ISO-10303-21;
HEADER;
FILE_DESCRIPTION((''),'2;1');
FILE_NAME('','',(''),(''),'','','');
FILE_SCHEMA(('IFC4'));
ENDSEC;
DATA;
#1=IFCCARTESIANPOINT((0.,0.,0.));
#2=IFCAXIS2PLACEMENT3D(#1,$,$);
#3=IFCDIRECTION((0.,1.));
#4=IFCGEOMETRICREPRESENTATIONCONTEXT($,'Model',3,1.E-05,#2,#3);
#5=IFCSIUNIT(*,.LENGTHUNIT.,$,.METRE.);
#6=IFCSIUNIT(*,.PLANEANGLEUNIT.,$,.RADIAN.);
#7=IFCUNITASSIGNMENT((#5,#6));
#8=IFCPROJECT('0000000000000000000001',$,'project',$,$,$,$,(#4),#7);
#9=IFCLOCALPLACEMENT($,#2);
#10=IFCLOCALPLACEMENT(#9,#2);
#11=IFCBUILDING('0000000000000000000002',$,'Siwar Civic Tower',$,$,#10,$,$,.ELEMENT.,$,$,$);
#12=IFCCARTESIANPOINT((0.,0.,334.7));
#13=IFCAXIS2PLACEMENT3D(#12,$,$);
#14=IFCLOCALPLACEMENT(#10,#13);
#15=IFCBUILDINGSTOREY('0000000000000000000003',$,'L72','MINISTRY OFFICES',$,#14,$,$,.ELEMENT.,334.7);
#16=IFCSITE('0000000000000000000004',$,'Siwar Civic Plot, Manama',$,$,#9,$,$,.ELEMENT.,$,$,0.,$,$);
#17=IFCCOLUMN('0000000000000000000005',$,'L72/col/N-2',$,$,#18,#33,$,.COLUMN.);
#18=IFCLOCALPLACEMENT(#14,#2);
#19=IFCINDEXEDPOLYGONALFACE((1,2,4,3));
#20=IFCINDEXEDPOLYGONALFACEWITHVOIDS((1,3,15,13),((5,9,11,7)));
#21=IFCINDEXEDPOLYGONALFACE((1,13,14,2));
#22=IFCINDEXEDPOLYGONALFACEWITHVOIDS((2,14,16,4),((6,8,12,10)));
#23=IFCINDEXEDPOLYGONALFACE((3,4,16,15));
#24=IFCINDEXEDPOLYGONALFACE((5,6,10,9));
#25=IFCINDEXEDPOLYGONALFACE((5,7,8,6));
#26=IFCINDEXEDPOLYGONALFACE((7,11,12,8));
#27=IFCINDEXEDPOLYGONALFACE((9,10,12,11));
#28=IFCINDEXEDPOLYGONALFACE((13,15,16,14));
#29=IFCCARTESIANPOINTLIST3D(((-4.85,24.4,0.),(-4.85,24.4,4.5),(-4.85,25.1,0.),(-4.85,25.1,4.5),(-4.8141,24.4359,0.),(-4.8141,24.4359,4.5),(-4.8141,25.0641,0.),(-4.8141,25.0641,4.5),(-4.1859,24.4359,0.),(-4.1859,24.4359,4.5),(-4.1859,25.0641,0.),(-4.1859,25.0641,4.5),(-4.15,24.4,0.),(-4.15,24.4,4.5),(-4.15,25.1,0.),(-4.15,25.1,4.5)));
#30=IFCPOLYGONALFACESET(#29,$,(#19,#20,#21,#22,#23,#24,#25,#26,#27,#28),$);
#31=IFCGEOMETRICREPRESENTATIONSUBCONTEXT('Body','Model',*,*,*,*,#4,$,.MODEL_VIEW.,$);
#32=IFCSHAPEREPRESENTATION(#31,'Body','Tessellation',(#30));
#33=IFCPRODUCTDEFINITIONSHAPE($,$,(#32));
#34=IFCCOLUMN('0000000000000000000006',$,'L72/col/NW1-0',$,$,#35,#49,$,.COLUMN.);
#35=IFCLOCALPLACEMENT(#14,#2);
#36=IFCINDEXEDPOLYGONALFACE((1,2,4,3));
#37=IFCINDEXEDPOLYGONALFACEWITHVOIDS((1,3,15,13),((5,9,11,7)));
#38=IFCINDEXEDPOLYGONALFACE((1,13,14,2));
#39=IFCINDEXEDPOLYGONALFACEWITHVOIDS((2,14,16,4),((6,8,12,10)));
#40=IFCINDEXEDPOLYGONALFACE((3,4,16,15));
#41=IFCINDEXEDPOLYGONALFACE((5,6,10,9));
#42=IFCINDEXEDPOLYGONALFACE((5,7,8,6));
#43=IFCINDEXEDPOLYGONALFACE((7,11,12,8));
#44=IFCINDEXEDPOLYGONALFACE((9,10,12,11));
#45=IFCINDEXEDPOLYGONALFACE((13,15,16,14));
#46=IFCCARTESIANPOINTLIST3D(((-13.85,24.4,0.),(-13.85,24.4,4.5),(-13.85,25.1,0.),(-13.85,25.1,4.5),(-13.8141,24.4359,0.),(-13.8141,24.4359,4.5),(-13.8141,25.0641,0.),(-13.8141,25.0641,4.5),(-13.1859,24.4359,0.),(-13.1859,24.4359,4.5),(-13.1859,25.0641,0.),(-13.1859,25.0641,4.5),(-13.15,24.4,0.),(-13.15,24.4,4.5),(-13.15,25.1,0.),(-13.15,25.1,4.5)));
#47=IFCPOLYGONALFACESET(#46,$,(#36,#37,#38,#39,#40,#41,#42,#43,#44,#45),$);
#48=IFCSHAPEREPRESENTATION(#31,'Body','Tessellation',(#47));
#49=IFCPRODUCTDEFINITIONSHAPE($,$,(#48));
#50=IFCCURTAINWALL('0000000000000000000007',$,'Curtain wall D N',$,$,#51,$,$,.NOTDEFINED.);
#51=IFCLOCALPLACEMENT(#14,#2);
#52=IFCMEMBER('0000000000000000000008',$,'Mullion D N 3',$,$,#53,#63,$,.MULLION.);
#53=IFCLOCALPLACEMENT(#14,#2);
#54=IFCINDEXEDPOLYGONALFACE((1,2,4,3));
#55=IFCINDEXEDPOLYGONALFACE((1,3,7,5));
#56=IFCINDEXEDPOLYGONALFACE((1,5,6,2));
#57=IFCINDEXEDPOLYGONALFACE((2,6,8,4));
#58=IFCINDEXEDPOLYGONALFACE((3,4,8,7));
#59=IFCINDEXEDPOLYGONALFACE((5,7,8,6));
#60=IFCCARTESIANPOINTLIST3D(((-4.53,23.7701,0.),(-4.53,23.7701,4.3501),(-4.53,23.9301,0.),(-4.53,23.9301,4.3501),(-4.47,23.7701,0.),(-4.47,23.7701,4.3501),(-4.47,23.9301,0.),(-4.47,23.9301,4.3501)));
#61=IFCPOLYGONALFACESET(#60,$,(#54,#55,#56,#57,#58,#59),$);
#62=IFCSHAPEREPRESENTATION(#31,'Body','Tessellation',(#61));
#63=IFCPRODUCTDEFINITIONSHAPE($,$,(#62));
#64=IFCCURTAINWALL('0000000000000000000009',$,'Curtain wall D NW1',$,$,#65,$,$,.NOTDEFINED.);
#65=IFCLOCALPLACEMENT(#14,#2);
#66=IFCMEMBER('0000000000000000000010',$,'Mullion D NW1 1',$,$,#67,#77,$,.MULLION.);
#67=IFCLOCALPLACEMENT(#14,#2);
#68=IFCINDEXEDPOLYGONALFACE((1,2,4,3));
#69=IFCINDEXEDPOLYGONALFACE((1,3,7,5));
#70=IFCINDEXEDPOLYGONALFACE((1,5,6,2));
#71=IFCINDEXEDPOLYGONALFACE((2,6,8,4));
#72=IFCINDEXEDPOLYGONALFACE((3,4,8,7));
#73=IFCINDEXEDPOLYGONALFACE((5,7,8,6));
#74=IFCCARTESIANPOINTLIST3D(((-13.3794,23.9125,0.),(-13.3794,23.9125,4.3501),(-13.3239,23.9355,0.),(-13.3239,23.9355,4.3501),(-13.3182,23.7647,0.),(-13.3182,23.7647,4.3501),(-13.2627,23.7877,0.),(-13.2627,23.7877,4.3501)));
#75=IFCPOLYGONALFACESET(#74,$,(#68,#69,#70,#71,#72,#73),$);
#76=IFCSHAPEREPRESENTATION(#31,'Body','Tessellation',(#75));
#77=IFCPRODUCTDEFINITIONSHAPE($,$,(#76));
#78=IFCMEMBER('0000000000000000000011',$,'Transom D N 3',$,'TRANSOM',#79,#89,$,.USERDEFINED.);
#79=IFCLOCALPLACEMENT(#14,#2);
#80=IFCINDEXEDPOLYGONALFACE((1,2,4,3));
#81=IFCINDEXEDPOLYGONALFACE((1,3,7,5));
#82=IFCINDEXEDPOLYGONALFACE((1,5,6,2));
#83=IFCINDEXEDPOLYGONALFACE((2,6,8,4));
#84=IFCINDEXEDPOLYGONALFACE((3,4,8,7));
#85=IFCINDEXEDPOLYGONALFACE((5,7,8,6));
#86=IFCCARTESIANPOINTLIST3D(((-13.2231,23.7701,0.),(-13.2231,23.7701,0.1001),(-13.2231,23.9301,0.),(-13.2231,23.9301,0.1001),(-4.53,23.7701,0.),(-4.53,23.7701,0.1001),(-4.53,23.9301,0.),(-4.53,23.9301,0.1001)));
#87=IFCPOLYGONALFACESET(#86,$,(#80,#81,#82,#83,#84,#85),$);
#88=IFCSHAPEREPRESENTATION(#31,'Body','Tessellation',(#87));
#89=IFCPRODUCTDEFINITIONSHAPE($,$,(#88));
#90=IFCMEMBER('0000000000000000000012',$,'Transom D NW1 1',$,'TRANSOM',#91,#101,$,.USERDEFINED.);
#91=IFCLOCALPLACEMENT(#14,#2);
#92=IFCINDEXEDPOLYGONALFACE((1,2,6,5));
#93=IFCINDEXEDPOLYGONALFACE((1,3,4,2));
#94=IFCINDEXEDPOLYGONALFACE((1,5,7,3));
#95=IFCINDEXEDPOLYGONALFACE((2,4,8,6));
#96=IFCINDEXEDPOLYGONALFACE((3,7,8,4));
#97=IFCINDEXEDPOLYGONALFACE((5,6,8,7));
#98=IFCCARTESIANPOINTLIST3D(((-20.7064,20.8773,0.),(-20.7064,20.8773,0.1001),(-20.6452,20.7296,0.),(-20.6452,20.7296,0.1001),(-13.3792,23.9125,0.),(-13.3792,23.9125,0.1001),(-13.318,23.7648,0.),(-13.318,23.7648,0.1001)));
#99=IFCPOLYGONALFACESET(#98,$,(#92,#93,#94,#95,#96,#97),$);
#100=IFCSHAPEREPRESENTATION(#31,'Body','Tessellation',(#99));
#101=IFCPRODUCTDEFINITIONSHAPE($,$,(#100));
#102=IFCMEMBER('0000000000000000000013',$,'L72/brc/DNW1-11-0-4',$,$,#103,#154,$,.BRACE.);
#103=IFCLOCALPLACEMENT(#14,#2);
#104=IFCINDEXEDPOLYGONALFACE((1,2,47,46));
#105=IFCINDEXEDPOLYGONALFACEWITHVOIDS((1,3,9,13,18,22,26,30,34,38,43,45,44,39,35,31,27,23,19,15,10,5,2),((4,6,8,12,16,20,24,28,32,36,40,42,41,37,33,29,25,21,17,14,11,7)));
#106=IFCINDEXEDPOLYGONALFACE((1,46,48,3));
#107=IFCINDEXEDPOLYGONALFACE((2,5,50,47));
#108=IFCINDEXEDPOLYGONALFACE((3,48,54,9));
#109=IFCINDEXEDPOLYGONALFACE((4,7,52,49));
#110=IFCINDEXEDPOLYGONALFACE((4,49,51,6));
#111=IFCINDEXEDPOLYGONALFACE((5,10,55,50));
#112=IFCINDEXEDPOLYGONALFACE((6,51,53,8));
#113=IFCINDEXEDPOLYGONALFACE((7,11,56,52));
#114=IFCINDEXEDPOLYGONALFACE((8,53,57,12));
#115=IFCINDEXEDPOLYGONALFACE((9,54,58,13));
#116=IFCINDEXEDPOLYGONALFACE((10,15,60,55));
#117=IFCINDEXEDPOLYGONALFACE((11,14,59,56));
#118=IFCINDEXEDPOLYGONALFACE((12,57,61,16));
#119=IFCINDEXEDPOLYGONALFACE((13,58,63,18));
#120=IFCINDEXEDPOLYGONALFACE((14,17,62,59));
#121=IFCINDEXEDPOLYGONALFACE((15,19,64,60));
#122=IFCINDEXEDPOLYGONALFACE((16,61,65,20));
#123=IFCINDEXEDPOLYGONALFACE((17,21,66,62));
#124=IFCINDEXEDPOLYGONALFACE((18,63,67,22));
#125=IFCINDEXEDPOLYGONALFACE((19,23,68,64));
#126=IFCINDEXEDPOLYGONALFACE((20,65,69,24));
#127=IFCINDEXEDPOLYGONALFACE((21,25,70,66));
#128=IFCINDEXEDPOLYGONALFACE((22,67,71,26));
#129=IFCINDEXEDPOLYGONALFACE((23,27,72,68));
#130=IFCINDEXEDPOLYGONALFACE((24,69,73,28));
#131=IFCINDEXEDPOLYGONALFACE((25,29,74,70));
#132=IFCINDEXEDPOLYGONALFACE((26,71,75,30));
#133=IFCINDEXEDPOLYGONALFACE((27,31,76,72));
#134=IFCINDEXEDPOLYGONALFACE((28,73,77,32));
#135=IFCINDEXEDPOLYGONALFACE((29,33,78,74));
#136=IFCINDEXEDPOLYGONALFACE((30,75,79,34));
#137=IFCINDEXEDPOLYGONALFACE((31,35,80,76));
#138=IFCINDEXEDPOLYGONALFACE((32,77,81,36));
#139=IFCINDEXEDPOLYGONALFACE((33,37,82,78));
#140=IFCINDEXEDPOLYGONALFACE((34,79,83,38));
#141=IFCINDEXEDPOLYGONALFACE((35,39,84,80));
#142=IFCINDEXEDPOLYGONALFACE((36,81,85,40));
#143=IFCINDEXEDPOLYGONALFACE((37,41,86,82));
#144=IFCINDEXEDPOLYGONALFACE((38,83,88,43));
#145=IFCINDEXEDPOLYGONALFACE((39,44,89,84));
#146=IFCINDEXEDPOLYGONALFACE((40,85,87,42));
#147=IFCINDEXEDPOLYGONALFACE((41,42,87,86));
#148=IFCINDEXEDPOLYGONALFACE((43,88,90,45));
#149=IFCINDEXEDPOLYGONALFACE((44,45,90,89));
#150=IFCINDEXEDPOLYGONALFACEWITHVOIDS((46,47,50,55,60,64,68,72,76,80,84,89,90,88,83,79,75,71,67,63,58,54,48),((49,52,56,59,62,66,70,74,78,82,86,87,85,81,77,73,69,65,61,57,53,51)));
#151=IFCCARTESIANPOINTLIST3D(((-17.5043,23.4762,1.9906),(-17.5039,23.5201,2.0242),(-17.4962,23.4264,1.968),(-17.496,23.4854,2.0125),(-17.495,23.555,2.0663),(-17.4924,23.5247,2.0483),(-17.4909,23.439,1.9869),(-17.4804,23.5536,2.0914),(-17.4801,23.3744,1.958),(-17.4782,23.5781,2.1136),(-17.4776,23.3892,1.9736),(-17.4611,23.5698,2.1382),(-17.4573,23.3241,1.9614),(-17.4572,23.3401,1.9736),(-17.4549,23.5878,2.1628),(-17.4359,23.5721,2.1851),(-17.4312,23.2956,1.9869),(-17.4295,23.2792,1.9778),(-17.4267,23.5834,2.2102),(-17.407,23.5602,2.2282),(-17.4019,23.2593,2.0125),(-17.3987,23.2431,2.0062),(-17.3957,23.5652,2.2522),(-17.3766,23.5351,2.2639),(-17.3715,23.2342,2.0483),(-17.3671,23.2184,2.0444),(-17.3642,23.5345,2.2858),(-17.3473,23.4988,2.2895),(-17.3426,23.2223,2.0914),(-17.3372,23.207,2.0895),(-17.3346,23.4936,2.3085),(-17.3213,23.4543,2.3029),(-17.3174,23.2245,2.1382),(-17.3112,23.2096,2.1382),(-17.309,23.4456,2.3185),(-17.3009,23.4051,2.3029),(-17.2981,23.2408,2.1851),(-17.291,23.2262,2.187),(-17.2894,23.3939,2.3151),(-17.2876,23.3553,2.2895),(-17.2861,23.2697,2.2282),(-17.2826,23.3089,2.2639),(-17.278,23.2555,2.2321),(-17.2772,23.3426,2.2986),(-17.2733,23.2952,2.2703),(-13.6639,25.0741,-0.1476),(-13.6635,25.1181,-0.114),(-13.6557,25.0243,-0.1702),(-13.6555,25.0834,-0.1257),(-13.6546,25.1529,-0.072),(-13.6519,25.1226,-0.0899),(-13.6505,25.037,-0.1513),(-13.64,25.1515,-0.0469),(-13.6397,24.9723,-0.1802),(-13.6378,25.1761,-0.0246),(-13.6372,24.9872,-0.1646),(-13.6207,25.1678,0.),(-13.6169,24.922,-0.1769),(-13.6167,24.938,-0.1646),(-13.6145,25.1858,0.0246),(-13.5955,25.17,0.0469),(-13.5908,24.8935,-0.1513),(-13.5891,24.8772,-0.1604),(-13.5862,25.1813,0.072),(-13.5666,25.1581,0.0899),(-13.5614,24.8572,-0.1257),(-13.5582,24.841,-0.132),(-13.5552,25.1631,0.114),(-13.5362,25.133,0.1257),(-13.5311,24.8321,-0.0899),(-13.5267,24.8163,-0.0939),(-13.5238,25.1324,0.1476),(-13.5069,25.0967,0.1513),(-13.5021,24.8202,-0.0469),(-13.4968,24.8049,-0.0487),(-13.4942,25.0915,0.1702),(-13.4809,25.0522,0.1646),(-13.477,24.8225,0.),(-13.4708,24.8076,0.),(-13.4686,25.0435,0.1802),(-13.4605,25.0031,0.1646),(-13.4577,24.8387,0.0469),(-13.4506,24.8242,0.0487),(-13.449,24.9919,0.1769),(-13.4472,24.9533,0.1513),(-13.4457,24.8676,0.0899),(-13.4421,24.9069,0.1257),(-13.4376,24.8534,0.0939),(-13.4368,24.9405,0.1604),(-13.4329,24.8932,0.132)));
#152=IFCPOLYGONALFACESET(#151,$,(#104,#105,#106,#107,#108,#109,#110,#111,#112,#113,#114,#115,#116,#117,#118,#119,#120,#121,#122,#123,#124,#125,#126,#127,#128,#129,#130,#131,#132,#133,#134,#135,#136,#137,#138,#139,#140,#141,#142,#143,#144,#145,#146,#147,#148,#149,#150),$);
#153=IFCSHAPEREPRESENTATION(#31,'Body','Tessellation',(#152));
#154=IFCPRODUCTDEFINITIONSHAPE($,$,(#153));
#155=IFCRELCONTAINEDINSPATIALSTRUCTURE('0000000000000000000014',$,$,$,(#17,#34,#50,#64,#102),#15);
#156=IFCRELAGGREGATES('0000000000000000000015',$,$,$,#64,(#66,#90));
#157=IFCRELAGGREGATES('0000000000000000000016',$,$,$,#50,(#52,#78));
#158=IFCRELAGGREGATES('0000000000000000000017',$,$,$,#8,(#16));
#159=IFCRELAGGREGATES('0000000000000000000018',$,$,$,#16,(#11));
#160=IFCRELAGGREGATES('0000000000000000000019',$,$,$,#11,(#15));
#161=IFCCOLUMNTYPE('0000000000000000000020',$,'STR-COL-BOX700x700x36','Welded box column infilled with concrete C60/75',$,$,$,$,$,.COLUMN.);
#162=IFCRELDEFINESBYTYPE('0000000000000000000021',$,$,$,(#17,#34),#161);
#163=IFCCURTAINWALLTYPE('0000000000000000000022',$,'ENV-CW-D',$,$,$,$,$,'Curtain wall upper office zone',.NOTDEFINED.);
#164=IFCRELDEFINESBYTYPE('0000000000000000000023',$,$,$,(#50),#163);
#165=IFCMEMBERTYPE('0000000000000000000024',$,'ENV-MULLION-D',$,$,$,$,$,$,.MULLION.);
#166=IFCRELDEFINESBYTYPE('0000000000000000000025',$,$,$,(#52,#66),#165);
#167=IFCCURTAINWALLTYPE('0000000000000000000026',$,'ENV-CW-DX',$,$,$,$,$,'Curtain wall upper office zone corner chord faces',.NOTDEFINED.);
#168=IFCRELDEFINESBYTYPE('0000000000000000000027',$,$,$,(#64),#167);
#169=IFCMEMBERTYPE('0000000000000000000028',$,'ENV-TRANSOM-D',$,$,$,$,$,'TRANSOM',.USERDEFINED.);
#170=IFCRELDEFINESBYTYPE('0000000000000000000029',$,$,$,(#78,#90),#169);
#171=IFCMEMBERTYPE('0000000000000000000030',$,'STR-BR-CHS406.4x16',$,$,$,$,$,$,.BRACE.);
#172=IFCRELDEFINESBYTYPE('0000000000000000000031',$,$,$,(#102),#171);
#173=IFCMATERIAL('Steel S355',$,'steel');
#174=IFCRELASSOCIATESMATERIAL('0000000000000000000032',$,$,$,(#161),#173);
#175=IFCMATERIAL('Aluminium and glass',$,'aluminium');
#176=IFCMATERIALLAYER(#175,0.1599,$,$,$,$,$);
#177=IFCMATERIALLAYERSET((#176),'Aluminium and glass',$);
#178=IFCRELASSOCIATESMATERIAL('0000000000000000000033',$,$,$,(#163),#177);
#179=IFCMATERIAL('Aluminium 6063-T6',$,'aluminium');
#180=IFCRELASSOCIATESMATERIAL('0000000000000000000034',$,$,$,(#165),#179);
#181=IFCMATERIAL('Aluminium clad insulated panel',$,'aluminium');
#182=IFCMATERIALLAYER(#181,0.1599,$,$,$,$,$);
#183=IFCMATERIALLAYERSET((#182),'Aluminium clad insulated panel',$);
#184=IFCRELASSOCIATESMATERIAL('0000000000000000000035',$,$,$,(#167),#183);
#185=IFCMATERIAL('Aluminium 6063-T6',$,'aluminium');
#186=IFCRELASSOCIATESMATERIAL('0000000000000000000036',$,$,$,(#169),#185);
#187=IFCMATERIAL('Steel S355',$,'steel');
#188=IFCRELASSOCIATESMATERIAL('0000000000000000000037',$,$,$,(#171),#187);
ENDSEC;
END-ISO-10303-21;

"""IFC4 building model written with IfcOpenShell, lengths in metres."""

from ifc_helpers import new_model, si_unit, direction, frame, origin, origin_2d, place, context, subcontext, project, spatial, rectangle, hollow_rectangle, hollow_circle, extrude, material, layer, layer_set, material_profile, profile_set, type_object, element, aggregate, save


model = new_model("IFC4")

# Units and contexts
model_context = context("Model", 3, precision=1e-05, world=origin(), true_north=direction((0.0, 1.0)))
body_context = subcontext(model_context, "Body", "Model", "MODEL_VIEW")
ifc_project = project(units=[si_unit("LENGTHUNIT", "METRE"), si_unit("PLANEANGLEUNIT", "RADIAN")], contexts=[model_context])

# Site, building, storey
site_placement = place(None, origin())
site = spatial("IfcSite", under=ifc_project, at=site_placement, Name="Siwar Civic Plot, Manama", CompositionType="ELEMENT", RefElevation=0.0)
building_placement = place(site_placement, origin())
building = spatial("IfcBuilding", under=site, at=building_placement, Name="Siwar Civic Tower", CompositionType="ELEMENT")
storey_placement = place(building_placement, frame((0.0, 0.0, 334.7)))
storey = spatial("IfcBuildingStorey", under=building, at=storey_placement, Name="L72", Description="MINISTRY OFFICES", CompositionType="ELEMENT", Elevation=334.7)

# Columns
ifc_material_1 = material(Name="Steel S355", Category="steel")
ifc_material_profile_1 = material_profile(ifc_material_1, hollow_rectangle(XDim=0.7, YDim=0.7, WallThickness=0.0359, at=origin_2d()), Name="BOX700x700x36")
ifc_profile_set_1 = profile_set([ifc_material_profile_1], Name="Steel S355")
column_type = type_object("IfcColumnType", Name="STR-COL-BOX700x700x36", Description="Welded box column infilled with concrete C60/75", PredefinedType="COLUMN", material=ifc_profile_set_1)
for number, where, z_axis, x_axis, name in (
    (1, (-4.5, 24.75, 0.0), (0.0, 0.0, 1.0), (1.0, 0.0, 0.0), "L72/col/N-2"),
    (2, (-13.5, 24.75, 0.0), (0.0, 0.0, 1.0), (1.0, 0.0, 0.0), "L72/col/NW1-0"),
):
    element("IfcColumn", number, at=place(storey_placement, frame(where, z_axis=z_axis, x_axis=x_axis)), inside=storey, type_object=column_type, Name=name, PredefinedType="COLUMN", context=body_context, shape_type="SweptSolid", body=[
        extrude(hollow_rectangle(XDim=0.7, YDim=0.7, WallThickness=0.0359, at=origin_2d()), origin(), (0.0, 0.0, 1.0), 4.5),
    ])

# Curtain walls, members
ifc_material_2 = material(Name="Aluminium and glass", Category="aluminium")
ifc_layer_1 = layer(ifc_material_2, 0.1599)
ifc_layer_set_1 = layer_set([ifc_layer_1], Name="Aluminium and glass")
curtain_wall_type_1 = type_object("IfcCurtainWallType", Name="ENV-CW-D", ElementType="Curtain wall upper office zone", PredefinedType="NOTDEFINED", material=ifc_layer_set_1)
curtain_wall_1_placement = place(storey_placement, origin())
curtain_wall_1 = element("IfcCurtainWall", 3, at=curtain_wall_1_placement, inside=storey, type_object=curtain_wall_type_1, Name="Curtain wall D N", PredefinedType="NOTDEFINED")
ifc_material_3 = material(Name="Aluminium 6063-T6", Category="aluminium")
ifc_material_profile_2 = material_profile(ifc_material_3, rectangle(XDim=0.1599, YDim=0.0601, at=origin_2d()), Name="AL 160x60")
ifc_profile_set_2 = profile_set([ifc_material_profile_2], Name="Aluminium 6063-T6")
member_type_1 = type_object("IfcMemberType", Name="ENV-MULLION-D", PredefinedType="MULLION", material=ifc_profile_set_2)
member_1_placement = place(storey_placement, frame((-4.5, 23.8501, 0.0), z_axis=(0.0, 0.0, 1.0), x_axis=(0.0, -1.0, 0.0)))
member_1 = element("IfcMember", 4, at=member_1_placement, type_object=member_type_1, Name="Mullion D N 3", PredefinedType="MULLION", context=body_context, shape_type="SweptSolid", body=[
    extrude(rectangle(XDim=0.1599, YDim=0.0601, at=origin_2d()), origin(), (0.0, 0.0, 1.0), 4.3501),
])
ifc_material_4 = material(Name="Aluminium clad insulated panel", Category="aluminium")
ifc_layer_2 = layer(ifc_material_4, 0.1599)
ifc_layer_set_2 = layer_set([ifc_layer_2], Name="Aluminium clad insulated panel")
curtain_wall_type_2 = type_object("IfcCurtainWallType", Name="ENV-CW-DX", ElementType="Curtain wall upper office zone corner chord faces", PredefinedType="NOTDEFINED", material=ifc_layer_set_2)
curtain_wall_2_placement = place(storey_placement, origin())
curtain_wall_2 = element("IfcCurtainWall", 5, at=curtain_wall_2_placement, inside=storey, type_object=curtain_wall_type_2, Name="Curtain wall D NW1", PredefinedType="NOTDEFINED")
member_2_placement = place(storey_placement, frame((-13.321, 23.8501, 0.0), z_axis=(0.0, 0.0, 1.0), x_axis=(0.382683, -0.92388, 0.0)))
member_2 = element("IfcMember", 6, at=member_2_placement, type_object=member_type_1, Name="Mullion D NW1 1", PredefinedType="MULLION", context=body_context, shape_type="SweptSolid", body=[
    extrude(rectangle(XDim=0.1599, YDim=0.0601, at=origin_2d()), origin(), (0.0, 0.0, 1.0), 4.3501),
])

# Members
ifc_material_5 = material(Name="Aluminium 6063-T6", Category="aluminium")
ifc_material_profile_3 = material_profile(ifc_material_5, rectangle(XDim=0.1599, YDim=0.1001, at=origin_2d()), Name="AL 160x100")
ifc_profile_set_3 = profile_set([ifc_material_profile_3], Name="Aluminium 6063-T6")
member_type_2 = type_object("IfcMemberType", Name="ENV-TRANSOM-D", ElementType="TRANSOM", PredefinedType="USERDEFINED", material=ifc_profile_set_3)
member_3_placement = place(storey_placement, frame((-4.53, 23.8501, 0.05), z_axis=(-1.0, 0.0, 0.0), x_axis=(0.0, -1.0, 0.0)))
member_3 = element("IfcMember", 7, at=member_3_placement, type_object=member_type_2, Name="Transom D N 3", ObjectType="TRANSOM", PredefinedType="USERDEFINED", context=body_context, shape_type="SweptSolid", body=[
    extrude(rectangle(XDim=0.1599, YDim=0.1001, at=origin_2d()), origin(), (0.0, 0.0, 1.0), 8.6931),
])
member_4_placement = place(storey_placement, frame((-13.3486, 23.8386, 0.05), z_axis=(-0.923873, -0.3827, 0.0), x_axis=(0.3827, -0.923873, 0.0)))
member_4 = element("IfcMember", 8, at=member_4_placement, type_object=member_type_2, Name="Transom D NW1 1", ObjectType="TRANSOM", PredefinedType="USERDEFINED", context=body_context, shape_type="SweptSolid", body=[
    extrude(rectangle(XDim=0.1599, YDim=0.1001, at=origin_2d()), origin(), (0.0, 0.0, 1.0), 7.9309),
])
aggregate(curtain_wall_2, [member_2, member_4])
ifc_material_6 = material(Name="Steel S355", Category="steel")
ifc_material_profile_4 = material_profile(ifc_material_6, hollow_circle(Radius=0.2031, WallThickness=0.0161, at=origin_2d()), Name="CHS406.4x16")
ifc_profile_set_4 = profile_set([ifc_material_profile_4], Name="Steel S355")
member_type_3 = type_object("IfcMemberType", Name="STR-BR-CHS406.4x16", PredefinedType="BRACE", material=ifc_profile_set_4)
member_5_placement = place(storey_placement, frame((-13.5488, 24.9951, 0.0), z_axis=(-0.82113, -0.341659, 0.457181), x_axis=(0.384157, -0.923268, 0.0)))
element("IfcMember", 9, at=member_5_placement, inside=storey, type_object=member_type_3, Name="L72/brc/DNW1-11-0-4", PredefinedType="BRACE", context=body_context, shape_type="SweptSolid", body=[
    extrude(hollow_circle(Radius=0.2031, WallThickness=0.0161, at=origin_2d()), origin(), (0.0, 0.0, 1.0), 4.677),
])

aggregate(curtain_wall_1, [member_1, member_3])

save(model, "model.ifc")
